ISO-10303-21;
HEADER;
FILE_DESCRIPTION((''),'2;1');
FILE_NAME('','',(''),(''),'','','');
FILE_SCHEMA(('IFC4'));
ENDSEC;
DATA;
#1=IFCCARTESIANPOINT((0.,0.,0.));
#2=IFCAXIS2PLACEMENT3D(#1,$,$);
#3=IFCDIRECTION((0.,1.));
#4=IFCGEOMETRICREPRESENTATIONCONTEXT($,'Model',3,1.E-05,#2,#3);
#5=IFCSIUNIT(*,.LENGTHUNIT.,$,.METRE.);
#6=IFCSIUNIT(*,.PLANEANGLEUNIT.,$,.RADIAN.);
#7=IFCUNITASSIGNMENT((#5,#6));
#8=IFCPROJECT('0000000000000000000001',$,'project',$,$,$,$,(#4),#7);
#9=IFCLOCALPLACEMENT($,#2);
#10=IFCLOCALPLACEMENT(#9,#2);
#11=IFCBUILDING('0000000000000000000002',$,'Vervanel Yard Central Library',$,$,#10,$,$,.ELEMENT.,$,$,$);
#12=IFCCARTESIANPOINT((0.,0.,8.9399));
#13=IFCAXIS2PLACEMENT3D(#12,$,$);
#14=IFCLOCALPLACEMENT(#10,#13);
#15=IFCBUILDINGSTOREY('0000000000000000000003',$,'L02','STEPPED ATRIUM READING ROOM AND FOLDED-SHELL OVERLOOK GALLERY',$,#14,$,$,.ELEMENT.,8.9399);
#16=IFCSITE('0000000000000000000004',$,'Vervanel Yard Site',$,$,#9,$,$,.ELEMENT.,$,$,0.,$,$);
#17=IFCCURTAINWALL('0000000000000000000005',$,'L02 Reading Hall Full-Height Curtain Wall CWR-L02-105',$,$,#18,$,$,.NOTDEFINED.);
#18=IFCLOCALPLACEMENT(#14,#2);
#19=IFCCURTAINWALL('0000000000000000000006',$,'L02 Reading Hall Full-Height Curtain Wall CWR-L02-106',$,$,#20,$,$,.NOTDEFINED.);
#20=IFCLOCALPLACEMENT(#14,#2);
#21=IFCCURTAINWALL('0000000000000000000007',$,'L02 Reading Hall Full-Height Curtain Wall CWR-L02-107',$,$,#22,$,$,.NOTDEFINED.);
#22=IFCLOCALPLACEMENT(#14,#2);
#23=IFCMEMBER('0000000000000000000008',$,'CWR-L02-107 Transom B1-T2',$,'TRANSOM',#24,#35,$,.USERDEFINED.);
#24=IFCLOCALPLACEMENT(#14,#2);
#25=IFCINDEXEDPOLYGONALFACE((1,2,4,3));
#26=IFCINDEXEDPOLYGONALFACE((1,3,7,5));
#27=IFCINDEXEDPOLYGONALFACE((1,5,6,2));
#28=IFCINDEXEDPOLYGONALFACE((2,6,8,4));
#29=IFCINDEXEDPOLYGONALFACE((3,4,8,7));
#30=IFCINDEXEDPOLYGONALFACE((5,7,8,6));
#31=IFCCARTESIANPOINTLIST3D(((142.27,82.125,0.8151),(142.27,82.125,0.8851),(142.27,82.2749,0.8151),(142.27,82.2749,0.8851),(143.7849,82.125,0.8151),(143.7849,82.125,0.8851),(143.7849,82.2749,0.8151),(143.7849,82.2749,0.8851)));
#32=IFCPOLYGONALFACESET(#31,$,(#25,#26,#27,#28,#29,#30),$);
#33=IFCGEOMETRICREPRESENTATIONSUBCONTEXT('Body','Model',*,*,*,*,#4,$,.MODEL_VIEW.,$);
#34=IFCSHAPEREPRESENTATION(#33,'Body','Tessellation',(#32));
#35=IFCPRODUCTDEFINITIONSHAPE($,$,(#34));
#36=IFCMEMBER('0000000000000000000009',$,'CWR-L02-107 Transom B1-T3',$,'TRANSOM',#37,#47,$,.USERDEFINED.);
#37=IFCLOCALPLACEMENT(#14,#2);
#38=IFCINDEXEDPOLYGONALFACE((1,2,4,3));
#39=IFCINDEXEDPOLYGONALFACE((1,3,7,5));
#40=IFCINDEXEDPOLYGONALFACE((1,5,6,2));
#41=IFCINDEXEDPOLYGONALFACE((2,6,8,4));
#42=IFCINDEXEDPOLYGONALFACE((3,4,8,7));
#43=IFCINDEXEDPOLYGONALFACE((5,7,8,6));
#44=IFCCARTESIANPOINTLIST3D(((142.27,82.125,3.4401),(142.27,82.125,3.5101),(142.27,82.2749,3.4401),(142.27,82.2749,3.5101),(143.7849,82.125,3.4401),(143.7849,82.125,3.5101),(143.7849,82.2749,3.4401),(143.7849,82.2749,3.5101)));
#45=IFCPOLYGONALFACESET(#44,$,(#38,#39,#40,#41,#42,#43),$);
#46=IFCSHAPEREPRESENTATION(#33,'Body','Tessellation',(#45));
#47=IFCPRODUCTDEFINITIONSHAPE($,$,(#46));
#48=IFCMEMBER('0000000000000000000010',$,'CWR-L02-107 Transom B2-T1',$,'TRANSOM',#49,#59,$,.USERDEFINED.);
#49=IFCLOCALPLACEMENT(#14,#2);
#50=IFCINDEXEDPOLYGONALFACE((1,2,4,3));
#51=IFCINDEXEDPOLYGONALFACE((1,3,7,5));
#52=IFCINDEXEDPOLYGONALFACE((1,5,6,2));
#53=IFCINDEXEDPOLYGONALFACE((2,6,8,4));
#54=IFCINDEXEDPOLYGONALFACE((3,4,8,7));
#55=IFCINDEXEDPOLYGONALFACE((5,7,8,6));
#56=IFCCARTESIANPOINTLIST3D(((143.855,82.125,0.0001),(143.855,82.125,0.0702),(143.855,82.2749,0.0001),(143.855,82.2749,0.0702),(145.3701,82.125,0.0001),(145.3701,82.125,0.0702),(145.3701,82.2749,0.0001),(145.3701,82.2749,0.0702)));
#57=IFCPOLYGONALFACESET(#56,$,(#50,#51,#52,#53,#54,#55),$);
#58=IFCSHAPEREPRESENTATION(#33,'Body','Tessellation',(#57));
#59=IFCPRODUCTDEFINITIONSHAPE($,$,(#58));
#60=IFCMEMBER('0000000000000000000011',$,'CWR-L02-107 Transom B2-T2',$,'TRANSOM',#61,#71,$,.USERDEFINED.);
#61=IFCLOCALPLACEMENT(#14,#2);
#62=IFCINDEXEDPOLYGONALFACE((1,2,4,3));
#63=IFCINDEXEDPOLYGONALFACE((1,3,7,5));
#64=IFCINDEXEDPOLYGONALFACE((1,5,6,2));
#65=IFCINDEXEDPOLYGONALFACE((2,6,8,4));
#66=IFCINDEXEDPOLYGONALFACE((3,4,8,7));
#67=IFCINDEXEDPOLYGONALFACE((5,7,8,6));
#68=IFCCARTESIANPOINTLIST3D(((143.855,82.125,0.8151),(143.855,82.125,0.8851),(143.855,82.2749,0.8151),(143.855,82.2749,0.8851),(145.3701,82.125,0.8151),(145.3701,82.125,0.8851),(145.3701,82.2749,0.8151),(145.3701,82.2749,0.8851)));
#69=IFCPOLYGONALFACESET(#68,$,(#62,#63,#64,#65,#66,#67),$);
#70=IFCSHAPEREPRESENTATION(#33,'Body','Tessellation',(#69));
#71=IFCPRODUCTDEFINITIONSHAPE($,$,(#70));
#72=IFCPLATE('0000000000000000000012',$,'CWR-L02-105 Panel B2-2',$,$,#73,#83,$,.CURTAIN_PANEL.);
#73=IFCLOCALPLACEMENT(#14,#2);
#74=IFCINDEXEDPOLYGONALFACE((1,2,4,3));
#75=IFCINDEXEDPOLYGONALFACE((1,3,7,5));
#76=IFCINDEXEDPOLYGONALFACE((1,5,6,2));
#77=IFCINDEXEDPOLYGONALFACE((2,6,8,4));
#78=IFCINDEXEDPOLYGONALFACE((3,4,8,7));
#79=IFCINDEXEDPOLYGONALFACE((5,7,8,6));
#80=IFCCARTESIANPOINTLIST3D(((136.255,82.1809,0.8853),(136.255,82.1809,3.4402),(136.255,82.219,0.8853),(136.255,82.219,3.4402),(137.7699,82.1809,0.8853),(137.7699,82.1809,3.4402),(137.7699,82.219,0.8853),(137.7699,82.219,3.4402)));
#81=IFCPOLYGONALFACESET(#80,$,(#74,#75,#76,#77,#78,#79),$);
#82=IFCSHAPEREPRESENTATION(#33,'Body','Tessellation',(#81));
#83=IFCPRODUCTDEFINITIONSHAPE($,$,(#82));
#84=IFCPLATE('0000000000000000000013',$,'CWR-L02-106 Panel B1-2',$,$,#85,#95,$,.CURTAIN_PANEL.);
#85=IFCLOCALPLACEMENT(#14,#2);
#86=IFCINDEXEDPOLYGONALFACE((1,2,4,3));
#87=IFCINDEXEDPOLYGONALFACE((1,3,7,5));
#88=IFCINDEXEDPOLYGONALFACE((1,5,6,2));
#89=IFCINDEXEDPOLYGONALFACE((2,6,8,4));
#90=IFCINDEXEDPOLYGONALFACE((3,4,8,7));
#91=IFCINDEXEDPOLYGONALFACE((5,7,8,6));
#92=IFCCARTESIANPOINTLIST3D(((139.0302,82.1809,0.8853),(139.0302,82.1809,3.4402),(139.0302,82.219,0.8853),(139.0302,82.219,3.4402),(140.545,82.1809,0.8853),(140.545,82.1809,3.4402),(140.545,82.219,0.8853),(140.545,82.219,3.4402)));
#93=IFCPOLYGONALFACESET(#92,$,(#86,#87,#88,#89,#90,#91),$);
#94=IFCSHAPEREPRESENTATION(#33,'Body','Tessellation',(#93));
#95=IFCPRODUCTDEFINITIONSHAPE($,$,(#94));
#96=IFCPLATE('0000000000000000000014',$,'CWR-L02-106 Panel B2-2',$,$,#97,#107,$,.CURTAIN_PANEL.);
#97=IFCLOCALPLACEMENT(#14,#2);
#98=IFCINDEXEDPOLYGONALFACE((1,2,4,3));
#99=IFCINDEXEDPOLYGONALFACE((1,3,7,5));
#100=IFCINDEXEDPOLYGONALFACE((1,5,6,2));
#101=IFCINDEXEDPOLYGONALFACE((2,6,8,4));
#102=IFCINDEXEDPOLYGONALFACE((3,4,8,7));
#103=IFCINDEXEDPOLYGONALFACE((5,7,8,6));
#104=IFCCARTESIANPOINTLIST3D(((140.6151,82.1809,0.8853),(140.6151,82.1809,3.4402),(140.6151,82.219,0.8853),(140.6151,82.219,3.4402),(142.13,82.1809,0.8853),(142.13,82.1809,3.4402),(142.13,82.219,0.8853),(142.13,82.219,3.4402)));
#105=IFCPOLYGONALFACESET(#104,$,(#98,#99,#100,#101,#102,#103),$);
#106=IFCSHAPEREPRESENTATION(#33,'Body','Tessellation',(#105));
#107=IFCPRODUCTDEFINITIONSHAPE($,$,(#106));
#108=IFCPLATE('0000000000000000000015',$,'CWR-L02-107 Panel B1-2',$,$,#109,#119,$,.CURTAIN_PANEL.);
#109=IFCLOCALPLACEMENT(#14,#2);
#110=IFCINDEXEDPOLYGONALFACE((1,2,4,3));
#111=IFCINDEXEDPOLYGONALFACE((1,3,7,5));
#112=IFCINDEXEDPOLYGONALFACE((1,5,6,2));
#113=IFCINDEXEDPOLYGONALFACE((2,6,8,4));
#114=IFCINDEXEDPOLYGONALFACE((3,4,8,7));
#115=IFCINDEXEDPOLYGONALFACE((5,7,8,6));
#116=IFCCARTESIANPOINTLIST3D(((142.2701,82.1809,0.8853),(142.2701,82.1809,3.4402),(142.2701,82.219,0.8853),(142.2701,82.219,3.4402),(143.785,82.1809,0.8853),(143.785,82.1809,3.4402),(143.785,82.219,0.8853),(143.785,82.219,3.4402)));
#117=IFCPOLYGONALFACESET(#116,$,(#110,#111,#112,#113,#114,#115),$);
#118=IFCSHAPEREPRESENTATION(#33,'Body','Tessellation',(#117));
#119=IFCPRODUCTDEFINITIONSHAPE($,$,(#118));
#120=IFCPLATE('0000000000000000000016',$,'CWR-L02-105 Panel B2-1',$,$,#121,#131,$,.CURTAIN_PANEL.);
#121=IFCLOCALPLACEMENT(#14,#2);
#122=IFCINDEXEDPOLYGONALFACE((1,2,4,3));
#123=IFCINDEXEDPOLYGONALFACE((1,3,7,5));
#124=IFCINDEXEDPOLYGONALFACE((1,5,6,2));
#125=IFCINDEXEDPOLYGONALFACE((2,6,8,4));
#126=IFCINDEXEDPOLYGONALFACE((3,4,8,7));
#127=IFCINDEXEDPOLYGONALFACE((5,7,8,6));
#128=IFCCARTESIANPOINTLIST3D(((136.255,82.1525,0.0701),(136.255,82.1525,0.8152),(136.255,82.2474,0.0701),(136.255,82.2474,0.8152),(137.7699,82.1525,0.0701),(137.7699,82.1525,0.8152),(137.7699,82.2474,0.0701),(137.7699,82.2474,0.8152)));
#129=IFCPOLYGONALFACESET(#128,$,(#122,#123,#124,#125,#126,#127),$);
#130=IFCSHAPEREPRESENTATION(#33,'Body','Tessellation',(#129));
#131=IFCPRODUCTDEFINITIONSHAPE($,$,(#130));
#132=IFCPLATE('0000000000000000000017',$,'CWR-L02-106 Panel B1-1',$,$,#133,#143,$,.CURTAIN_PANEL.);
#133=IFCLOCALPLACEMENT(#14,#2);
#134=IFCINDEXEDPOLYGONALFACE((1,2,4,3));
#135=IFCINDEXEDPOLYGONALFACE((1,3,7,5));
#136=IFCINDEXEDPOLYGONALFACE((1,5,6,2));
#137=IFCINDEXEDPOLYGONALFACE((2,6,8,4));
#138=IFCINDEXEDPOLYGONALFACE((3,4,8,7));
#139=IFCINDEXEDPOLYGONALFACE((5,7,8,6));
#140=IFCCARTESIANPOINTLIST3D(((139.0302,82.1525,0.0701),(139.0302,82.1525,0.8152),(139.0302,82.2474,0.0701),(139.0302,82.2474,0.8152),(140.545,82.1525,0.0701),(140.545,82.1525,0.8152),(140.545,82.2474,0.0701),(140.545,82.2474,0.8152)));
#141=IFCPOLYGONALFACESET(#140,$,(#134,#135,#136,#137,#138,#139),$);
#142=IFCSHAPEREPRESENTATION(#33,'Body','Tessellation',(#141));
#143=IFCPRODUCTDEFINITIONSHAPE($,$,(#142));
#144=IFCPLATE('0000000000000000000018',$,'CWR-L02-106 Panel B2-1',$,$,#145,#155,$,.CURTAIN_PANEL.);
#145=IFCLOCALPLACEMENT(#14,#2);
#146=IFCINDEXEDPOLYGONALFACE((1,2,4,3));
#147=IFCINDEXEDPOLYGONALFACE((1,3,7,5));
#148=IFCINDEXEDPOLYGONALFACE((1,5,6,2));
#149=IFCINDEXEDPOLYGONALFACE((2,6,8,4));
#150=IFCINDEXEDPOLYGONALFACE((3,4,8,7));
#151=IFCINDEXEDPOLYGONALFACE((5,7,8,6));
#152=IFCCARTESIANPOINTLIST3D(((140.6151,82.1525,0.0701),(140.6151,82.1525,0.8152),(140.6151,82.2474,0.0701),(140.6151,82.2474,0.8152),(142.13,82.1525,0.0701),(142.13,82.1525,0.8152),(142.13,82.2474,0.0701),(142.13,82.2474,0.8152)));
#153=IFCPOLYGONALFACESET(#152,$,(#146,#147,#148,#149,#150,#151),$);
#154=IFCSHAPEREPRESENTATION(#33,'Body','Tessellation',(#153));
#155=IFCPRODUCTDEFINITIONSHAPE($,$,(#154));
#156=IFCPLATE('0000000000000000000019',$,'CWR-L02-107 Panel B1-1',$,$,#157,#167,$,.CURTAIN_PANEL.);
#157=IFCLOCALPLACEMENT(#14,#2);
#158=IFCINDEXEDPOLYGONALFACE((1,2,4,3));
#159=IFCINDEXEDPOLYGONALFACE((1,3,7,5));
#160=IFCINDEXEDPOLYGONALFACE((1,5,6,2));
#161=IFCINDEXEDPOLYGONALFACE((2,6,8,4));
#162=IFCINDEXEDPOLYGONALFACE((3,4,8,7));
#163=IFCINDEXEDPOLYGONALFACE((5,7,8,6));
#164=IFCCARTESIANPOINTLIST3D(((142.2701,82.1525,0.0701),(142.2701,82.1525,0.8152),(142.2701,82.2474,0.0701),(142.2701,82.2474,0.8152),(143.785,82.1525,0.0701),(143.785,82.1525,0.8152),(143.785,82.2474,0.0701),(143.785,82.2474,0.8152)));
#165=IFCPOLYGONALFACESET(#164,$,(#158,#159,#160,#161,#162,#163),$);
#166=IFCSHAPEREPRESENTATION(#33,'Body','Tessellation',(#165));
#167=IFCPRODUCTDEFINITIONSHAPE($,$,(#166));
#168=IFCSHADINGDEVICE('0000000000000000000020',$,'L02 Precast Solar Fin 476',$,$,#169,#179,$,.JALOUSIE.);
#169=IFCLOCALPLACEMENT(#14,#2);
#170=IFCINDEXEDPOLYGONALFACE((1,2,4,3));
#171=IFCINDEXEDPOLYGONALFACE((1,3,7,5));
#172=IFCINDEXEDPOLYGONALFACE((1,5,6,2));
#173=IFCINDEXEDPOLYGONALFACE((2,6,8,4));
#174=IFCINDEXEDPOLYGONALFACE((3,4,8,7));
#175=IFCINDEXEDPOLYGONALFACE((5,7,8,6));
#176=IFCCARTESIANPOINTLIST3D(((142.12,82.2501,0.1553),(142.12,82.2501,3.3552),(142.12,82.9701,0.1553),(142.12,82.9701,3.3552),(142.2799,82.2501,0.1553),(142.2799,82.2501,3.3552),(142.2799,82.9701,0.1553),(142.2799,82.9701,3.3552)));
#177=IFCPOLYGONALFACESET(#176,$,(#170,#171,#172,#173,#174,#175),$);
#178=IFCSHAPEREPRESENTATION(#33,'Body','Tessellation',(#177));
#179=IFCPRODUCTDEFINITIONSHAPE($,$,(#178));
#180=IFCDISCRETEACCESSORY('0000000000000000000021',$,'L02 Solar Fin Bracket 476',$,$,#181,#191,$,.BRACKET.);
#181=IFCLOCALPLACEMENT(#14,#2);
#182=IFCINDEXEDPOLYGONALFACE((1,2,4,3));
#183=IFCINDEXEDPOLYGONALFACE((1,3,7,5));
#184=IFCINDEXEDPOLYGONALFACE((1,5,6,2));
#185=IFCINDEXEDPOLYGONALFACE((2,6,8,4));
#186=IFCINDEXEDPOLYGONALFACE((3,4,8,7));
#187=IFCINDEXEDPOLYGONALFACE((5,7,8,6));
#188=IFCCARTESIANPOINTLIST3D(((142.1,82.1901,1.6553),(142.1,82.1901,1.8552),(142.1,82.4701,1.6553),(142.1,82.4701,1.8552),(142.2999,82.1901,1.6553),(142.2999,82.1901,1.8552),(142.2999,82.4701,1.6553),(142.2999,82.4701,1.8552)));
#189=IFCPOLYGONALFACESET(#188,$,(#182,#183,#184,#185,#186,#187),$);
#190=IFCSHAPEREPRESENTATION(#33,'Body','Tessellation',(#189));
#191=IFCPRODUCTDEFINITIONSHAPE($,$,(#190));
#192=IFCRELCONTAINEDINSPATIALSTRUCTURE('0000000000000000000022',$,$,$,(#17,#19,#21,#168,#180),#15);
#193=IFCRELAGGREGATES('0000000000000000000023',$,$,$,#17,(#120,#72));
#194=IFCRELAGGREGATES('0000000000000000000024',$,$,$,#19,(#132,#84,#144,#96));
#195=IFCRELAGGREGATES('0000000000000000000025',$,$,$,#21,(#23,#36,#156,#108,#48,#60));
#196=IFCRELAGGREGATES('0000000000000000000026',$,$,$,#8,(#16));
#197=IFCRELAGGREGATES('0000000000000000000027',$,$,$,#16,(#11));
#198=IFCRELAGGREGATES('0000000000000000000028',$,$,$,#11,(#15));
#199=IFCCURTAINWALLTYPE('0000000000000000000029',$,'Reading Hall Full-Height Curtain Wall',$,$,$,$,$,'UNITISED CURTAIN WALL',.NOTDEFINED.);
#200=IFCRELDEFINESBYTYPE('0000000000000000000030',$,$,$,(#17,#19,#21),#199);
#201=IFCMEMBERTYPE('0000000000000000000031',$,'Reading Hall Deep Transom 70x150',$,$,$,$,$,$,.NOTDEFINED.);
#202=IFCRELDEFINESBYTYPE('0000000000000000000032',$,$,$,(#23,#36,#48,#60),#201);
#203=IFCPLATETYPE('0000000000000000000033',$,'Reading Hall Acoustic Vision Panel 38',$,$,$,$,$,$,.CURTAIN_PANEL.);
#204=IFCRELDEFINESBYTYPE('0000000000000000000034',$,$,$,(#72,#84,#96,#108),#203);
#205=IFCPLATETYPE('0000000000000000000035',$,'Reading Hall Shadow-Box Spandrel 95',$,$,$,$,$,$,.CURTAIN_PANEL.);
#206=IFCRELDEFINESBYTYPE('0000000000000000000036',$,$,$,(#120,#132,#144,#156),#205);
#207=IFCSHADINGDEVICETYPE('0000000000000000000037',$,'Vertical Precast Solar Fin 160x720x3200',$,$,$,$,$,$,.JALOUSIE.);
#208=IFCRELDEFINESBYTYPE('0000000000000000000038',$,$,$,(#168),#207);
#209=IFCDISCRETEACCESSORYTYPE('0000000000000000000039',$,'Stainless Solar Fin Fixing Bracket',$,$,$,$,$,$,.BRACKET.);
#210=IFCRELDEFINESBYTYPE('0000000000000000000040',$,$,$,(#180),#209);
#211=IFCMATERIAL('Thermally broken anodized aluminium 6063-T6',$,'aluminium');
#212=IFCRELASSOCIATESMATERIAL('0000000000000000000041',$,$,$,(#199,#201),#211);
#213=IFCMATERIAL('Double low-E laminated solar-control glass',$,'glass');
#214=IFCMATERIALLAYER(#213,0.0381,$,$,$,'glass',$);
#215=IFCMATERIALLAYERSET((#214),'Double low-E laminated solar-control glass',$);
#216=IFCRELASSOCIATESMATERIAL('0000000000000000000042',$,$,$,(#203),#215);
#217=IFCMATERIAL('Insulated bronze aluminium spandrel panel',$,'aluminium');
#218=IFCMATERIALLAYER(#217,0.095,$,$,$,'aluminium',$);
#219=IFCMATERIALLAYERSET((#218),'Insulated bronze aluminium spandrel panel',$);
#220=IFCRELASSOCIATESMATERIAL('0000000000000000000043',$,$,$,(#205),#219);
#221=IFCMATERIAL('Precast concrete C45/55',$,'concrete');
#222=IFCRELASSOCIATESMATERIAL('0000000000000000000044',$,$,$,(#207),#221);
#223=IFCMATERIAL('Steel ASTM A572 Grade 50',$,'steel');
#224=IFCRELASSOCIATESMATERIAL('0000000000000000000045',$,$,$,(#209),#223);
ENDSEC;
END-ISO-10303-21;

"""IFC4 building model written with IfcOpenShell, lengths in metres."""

from ifc_helpers import new_model, si_unit, direction, frame, origin, origin_2d, place, context, subcontext, project, spatial, rectangle, extrude, material, layer, layer_set, material_profile, profile_set, type_object, element, aggregate, save


model = new_model("IFC4")

# Units and contexts
model_context = context("Model", 3, precision=1e-05, world=origin(), true_north=direction((0.0, 1.0)))
body_context = subcontext(model_context, "Body", "Model", "MODEL_VIEW")
ifc_project = project(units=[si_unit("LENGTHUNIT", "METRE"), si_unit("PLANEANGLEUNIT", "RADIAN")], contexts=[model_context])

# Site, building, storey
site_placement = place(None, origin())
site = spatial("IfcSite", under=ifc_project, at=site_placement, Name="Vervanel Yard Site", CompositionType="ELEMENT", RefElevation=0.0)
building_placement = place(site_placement, origin())
building = spatial("IfcBuilding", under=site, at=building_placement, Name="Vervanel Yard Central Library", CompositionType="ELEMENT")
storey_placement = place(building_placement, frame((0.0, 0.0, 8.9399)))
storey = spatial("IfcBuildingStorey", under=building, at=storey_placement, Name="L02", Description="STEPPED ATRIUM READING ROOM AND FOLDED-SHELL OVERLOOK GALLERY", CompositionType="ELEMENT", Elevation=8.9399)

# Curtain wall
ifc_material_1 = material(Name="Thermally broken anodized aluminium 6063-T6", Category="aluminium")
curtain_wall_type = type_object("IfcCurtainWallType", Name="Reading Hall Full-Height Curtain Wall", ElementType="UNITISED CURTAIN WALL", PredefinedType="NOTDEFINED", material=ifc_material_1)
curtain_wall_1_placement = place(storey_placement, origin())
curtain_wall_1 = element("IfcCurtainWall", 1, at=curtain_wall_1_placement, inside=storey, type_object=curtain_wall_type, Name="L02 Reading Hall Full-Height Curtain Wall CWR-L02-105", PredefinedType="NOTDEFINED")

# Curtain walls
curtain_wall_2_placement = place(storey_placement, origin())
curtain_wall_2 = element("IfcCurtainWall", 2, at=curtain_wall_2_placement, inside=storey, type_object=curtain_wall_type, Name="L02 Reading Hall Full-Height Curtain Wall CWR-L02-106", PredefinedType="NOTDEFINED")
curtain_wall_3_placement = place(storey_placement, origin())
curtain_wall_3 = element("IfcCurtainWall", 3, at=curtain_wall_3_placement, inside=storey, type_object=curtain_wall_type, Name="L02 Reading Hall Full-Height Curtain Wall CWR-L02-107", PredefinedType="NOTDEFINED")

# Members
ifc_material_profile_1 = material_profile(ifc_material_1, rectangle(XDim=0.0701, YDim=0.1499, at=origin_2d()), Name="ALU 70x150", Category="aluminium")
ifc_profile_set_1 = profile_set([ifc_material_profile_1], Name="Thermally broken anodized aluminium 6063-T6")
member_type_1 = type_object("IfcMemberType", Name="Reading Hall Deep Transom 70x150", PredefinedType="NOTDEFINED", material=ifc_profile_set_1)
member_1_placement = place(storey_placement, frame((142.27, 82.2, 0.8501), z_axis=(1.0, 0.0, 0.0), x_axis=(0.0, 0.0, 1.0)))
member_1 = element("IfcMember", 4, at=member_1_placement, type_object=member_type_1, Name="CWR-L02-107 Transom B1-T2", ObjectType="TRANSOM", PredefinedType="USERDEFINED", context=body_context, shape_type="SweptSolid", body=[
    extrude(rectangle(XDim=0.0701, YDim=0.1499, at=origin_2d()), origin(), (0.0, 0.0, 1.0), 1.5149),
])
member_2_placement = place(storey_placement, frame((142.27, 82.2, 3.4751), z_axis=(1.0, 0.0, 0.0), x_axis=(0.0, 0.0, 1.0)))
member_2 = element("IfcMember", 5, at=member_2_placement, type_object=member_type_1, Name="CWR-L02-107 Transom B1-T3", ObjectType="TRANSOM", PredefinedType="USERDEFINED", context=body_context, shape_type="SweptSolid", body=[
    extrude(rectangle(XDim=0.0701, YDim=0.1499, at=origin_2d()), origin(), (0.0, 0.0, 1.0), 1.5149),
])
member_3_placement = place(storey_placement, frame((143.855, 82.2, 0.0352), z_axis=(1.0, 0.0, 0.0), x_axis=(0.0, 0.0, 1.0)))
member_3 = element("IfcMember", 6, at=member_3_placement, type_object=member_type_1, Name="CWR-L02-107 Transom B2-T1", ObjectType="TRANSOM", PredefinedType="USERDEFINED", context=body_context, shape_type="SweptSolid", body=[
    extrude(rectangle(XDim=0.0701, YDim=0.1499, at=origin_2d()), origin(), (0.0, 0.0, 1.0), 1.5151),
])
member_4_placement = place(storey_placement, frame((143.855, 82.2, 0.8501), z_axis=(1.0, 0.0, 0.0), x_axis=(0.0, 0.0, 1.0)))
member_4 = element("IfcMember", 7, at=member_4_placement, type_object=member_type_1, Name="CWR-L02-107 Transom B2-T2", ObjectType="TRANSOM", PredefinedType="USERDEFINED", context=body_context, shape_type="SweptSolid", body=[
    extrude(rectangle(XDim=0.0701, YDim=0.1499, at=origin_2d()), origin(), (0.0, 0.0, 1.0), 1.5151),
])

# Plates
ifc_material_2 = material(Name="Double low-E laminated solar-control glass", Category="glass")
ifc_layer_1 = layer(ifc_material_2, 0.0381, Category="glass")
ifc_layer_set_1 = layer_set([ifc_layer_1], Name="Double low-E laminated solar-control glass")
plate_type_1 = type_object("IfcPlateType", Name="Reading Hall Acoustic Vision Panel 38", PredefinedType="CURTAIN_PANEL", material=ifc_layer_set_1)
plate_1_placement = place(storey_placement, frame((137.0125, 82.2, 0.8853), z_axis=(0.0, 0.0, 1.0), x_axis=(1.0, 0.0, 0.0)))
plate_1 = element("IfcPlate", 8, at=plate_1_placement, type_object=plate_type_1, Name="CWR-L02-105 Panel B2-2", PredefinedType="CURTAIN_PANEL", context=body_context, shape_type="SweptSolid", body=[
    extrude(rectangle(XDim=1.5149, YDim=0.0381, at=origin_2d()), origin(), (0.0, 0.0, 1.0), 2.5549),
])
plate_2_placement = place(storey_placement, frame((139.7876, 82.2, 0.8853), z_axis=(0.0, 0.0, 1.0), x_axis=(1.0, 0.0, 0.0)))
plate_2 = element("IfcPlate", 9, at=plate_2_placement, type_object=plate_type_1, Name="CWR-L02-106 Panel B1-2", PredefinedType="CURTAIN_PANEL", context=body_context, shape_type="SweptSolid", body=[
    extrude(rectangle(XDim=1.5149, YDim=0.0381, at=origin_2d()), origin(), (0.0, 0.0, 1.0), 2.5549),
])
plate_3_placement = place(storey_placement, frame((141.3726, 82.2, 0.8853), z_axis=(0.0, 0.0, 1.0), x_axis=(1.0, 0.0, 0.0)))
plate_3 = element("IfcPlate", 10, at=plate_3_placement, type_object=plate_type_1, Name="CWR-L02-106 Panel B2-2", PredefinedType="CURTAIN_PANEL", context=body_context, shape_type="SweptSolid", body=[
    extrude(rectangle(XDim=1.5149, YDim=0.0381, at=origin_2d()), origin(), (0.0, 0.0, 1.0), 2.5549),
])
plate_4_placement = place(storey_placement, frame((143.0276, 82.2, 0.8853), z_axis=(0.0, 0.0, 1.0), x_axis=(1.0, 0.0, 0.0)))
plate_4 = element("IfcPlate", 11, at=plate_4_placement, type_object=plate_type_1, Name="CWR-L02-107 Panel B1-2", PredefinedType="CURTAIN_PANEL", context=body_context, shape_type="SweptSolid", body=[
    extrude(rectangle(XDim=1.5149, YDim=0.0381, at=origin_2d()), origin(), (0.0, 0.0, 1.0), 2.5549),
])
ifc_material_3 = material(Name="Insulated bronze aluminium spandrel panel", Category="aluminium")
ifc_layer_2 = layer(ifc_material_3, 0.095, Category="aluminium")
ifc_layer_set_2 = layer_set([ifc_layer_2], Name="Insulated bronze aluminium spandrel panel")
plate_type_2 = type_object("IfcPlateType", Name="Reading Hall Shadow-Box Spandrel 95", PredefinedType="CURTAIN_PANEL", material=ifc_layer_set_2)
plate_5_placement = place(storey_placement, frame((137.0125, 82.2, 0.0701), z_axis=(0.0, 0.0, 1.0), x_axis=(1.0, 0.0, 0.0)))
plate_5 = element("IfcPlate", 12, at=plate_5_placement, type_object=plate_type_2, Name="CWR-L02-105 Panel B2-1", PredefinedType="CURTAIN_PANEL", context=body_context, shape_type="SweptSolid", body=[
    extrude(rectangle(XDim=1.5149, YDim=0.095, at=origin_2d()), origin(), (0.0, 0.0, 1.0), 0.7451),
])
aggregate(curtain_wall_1, [plate_5, plate_1])
plate_6_placement = place(storey_placement, frame((139.7876, 82.2, 0.0701), z_axis=(0.0, 0.0, 1.0), x_axis=(1.0, 0.0, 0.0)))
plate_6 = element("IfcPlate", 13, at=plate_6_placement, type_object=plate_type_2, Name="CWR-L02-106 Panel B1-1", PredefinedType="CURTAIN_PANEL", context=body_context, shape_type="SweptSolid", body=[
    extrude(rectangle(XDim=1.5149, YDim=0.095, at=origin_2d()), origin(), (0.0, 0.0, 1.0), 0.7451),
])
plate_7_placement = place(storey_placement, frame((141.3726, 82.2, 0.0701), z_axis=(0.0, 0.0, 1.0), x_axis=(1.0, 0.0, 0.0)))
plate_7 = element("IfcPlate", 14, at=plate_7_placement, type_object=plate_type_2, Name="CWR-L02-106 Panel B2-1", PredefinedType="CURTAIN_PANEL", context=body_context, shape_type="SweptSolid", body=[
    extrude(rectangle(XDim=1.5149, YDim=0.095, at=origin_2d()), origin(), (0.0, 0.0, 1.0), 0.7451),
])
aggregate(curtain_wall_2, [plate_6, plate_2, plate_7, plate_3])
plate_8_placement = place(storey_placement, frame((143.0276, 82.2, 0.0701), z_axis=(0.0, 0.0, 1.0), x_axis=(1.0, 0.0, 0.0)))
plate_8 = element("IfcPlate", 15, at=plate_8_placement, type_object=plate_type_2, Name="CWR-L02-107 Panel B1-1", PredefinedType="CURTAIN_PANEL", context=body_context, shape_type="SweptSolid", body=[
    extrude(rectangle(XDim=1.5149, YDim=0.095, at=origin_2d()), origin(), (0.0, 0.0, 1.0), 0.7451),
])
aggregate(curtain_wall_3, [member_1, member_2, plate_8, plate_4, member_3, member_4])

# Shading device
ifc_material_4 = material(Name="Precast concrete C45/55", Category="concrete")
shading_device_type = type_object("IfcShadingDeviceType", Name="Vertical Precast Solar Fin 160x720x3200", PredefinedType="JALOUSIE", material=ifc_material_4)
shading_device_placement = place(storey_placement, frame((142.2, 82.6101, 0.1553), z_axis=(0.0, 0.0, 1.0), x_axis=(1.0, 0.0, 0.0)))
element("IfcShadingDevice", 16, at=shading_device_placement, inside=storey, type_object=shading_device_type, Name="L02 Precast Solar Fin 476", PredefinedType="JALOUSIE", context=body_context, shape_type="SweptSolid", body=[
    extrude(rectangle(XDim=0.1599, YDim=0.72, at=origin_2d()), origin(), (0.0, 0.0, 1.0), 3.2),
])

# Discrete accessory
ifc_material_5 = material(Name="Steel ASTM A572 Grade 50", Category="steel")
discrete_accessory_type = type_object("IfcDiscreteAccessoryType", Name="Stainless Solar Fin Fixing Bracket", PredefinedType="BRACKET", material=ifc_material_5)
discrete_accessory_placement = place(storey_placement, frame((142.2, 82.3301, 1.6553), z_axis=(0.0, 0.0, 1.0), x_axis=(1.0, 0.0, 0.0)))
element("IfcDiscreteAccessory", 17, at=discrete_accessory_placement, inside=storey, type_object=discrete_accessory_type, Name="L02 Solar Fin Bracket 476", PredefinedType="BRACKET", context=body_context, shape_type="SweptSolid", body=[
    extrude(rectangle(XDim=0.2, YDim=0.28, at=origin_2d()), origin(), (0.0, 0.0, 1.0), 0.2),
])

save(model, "model.ifc")
